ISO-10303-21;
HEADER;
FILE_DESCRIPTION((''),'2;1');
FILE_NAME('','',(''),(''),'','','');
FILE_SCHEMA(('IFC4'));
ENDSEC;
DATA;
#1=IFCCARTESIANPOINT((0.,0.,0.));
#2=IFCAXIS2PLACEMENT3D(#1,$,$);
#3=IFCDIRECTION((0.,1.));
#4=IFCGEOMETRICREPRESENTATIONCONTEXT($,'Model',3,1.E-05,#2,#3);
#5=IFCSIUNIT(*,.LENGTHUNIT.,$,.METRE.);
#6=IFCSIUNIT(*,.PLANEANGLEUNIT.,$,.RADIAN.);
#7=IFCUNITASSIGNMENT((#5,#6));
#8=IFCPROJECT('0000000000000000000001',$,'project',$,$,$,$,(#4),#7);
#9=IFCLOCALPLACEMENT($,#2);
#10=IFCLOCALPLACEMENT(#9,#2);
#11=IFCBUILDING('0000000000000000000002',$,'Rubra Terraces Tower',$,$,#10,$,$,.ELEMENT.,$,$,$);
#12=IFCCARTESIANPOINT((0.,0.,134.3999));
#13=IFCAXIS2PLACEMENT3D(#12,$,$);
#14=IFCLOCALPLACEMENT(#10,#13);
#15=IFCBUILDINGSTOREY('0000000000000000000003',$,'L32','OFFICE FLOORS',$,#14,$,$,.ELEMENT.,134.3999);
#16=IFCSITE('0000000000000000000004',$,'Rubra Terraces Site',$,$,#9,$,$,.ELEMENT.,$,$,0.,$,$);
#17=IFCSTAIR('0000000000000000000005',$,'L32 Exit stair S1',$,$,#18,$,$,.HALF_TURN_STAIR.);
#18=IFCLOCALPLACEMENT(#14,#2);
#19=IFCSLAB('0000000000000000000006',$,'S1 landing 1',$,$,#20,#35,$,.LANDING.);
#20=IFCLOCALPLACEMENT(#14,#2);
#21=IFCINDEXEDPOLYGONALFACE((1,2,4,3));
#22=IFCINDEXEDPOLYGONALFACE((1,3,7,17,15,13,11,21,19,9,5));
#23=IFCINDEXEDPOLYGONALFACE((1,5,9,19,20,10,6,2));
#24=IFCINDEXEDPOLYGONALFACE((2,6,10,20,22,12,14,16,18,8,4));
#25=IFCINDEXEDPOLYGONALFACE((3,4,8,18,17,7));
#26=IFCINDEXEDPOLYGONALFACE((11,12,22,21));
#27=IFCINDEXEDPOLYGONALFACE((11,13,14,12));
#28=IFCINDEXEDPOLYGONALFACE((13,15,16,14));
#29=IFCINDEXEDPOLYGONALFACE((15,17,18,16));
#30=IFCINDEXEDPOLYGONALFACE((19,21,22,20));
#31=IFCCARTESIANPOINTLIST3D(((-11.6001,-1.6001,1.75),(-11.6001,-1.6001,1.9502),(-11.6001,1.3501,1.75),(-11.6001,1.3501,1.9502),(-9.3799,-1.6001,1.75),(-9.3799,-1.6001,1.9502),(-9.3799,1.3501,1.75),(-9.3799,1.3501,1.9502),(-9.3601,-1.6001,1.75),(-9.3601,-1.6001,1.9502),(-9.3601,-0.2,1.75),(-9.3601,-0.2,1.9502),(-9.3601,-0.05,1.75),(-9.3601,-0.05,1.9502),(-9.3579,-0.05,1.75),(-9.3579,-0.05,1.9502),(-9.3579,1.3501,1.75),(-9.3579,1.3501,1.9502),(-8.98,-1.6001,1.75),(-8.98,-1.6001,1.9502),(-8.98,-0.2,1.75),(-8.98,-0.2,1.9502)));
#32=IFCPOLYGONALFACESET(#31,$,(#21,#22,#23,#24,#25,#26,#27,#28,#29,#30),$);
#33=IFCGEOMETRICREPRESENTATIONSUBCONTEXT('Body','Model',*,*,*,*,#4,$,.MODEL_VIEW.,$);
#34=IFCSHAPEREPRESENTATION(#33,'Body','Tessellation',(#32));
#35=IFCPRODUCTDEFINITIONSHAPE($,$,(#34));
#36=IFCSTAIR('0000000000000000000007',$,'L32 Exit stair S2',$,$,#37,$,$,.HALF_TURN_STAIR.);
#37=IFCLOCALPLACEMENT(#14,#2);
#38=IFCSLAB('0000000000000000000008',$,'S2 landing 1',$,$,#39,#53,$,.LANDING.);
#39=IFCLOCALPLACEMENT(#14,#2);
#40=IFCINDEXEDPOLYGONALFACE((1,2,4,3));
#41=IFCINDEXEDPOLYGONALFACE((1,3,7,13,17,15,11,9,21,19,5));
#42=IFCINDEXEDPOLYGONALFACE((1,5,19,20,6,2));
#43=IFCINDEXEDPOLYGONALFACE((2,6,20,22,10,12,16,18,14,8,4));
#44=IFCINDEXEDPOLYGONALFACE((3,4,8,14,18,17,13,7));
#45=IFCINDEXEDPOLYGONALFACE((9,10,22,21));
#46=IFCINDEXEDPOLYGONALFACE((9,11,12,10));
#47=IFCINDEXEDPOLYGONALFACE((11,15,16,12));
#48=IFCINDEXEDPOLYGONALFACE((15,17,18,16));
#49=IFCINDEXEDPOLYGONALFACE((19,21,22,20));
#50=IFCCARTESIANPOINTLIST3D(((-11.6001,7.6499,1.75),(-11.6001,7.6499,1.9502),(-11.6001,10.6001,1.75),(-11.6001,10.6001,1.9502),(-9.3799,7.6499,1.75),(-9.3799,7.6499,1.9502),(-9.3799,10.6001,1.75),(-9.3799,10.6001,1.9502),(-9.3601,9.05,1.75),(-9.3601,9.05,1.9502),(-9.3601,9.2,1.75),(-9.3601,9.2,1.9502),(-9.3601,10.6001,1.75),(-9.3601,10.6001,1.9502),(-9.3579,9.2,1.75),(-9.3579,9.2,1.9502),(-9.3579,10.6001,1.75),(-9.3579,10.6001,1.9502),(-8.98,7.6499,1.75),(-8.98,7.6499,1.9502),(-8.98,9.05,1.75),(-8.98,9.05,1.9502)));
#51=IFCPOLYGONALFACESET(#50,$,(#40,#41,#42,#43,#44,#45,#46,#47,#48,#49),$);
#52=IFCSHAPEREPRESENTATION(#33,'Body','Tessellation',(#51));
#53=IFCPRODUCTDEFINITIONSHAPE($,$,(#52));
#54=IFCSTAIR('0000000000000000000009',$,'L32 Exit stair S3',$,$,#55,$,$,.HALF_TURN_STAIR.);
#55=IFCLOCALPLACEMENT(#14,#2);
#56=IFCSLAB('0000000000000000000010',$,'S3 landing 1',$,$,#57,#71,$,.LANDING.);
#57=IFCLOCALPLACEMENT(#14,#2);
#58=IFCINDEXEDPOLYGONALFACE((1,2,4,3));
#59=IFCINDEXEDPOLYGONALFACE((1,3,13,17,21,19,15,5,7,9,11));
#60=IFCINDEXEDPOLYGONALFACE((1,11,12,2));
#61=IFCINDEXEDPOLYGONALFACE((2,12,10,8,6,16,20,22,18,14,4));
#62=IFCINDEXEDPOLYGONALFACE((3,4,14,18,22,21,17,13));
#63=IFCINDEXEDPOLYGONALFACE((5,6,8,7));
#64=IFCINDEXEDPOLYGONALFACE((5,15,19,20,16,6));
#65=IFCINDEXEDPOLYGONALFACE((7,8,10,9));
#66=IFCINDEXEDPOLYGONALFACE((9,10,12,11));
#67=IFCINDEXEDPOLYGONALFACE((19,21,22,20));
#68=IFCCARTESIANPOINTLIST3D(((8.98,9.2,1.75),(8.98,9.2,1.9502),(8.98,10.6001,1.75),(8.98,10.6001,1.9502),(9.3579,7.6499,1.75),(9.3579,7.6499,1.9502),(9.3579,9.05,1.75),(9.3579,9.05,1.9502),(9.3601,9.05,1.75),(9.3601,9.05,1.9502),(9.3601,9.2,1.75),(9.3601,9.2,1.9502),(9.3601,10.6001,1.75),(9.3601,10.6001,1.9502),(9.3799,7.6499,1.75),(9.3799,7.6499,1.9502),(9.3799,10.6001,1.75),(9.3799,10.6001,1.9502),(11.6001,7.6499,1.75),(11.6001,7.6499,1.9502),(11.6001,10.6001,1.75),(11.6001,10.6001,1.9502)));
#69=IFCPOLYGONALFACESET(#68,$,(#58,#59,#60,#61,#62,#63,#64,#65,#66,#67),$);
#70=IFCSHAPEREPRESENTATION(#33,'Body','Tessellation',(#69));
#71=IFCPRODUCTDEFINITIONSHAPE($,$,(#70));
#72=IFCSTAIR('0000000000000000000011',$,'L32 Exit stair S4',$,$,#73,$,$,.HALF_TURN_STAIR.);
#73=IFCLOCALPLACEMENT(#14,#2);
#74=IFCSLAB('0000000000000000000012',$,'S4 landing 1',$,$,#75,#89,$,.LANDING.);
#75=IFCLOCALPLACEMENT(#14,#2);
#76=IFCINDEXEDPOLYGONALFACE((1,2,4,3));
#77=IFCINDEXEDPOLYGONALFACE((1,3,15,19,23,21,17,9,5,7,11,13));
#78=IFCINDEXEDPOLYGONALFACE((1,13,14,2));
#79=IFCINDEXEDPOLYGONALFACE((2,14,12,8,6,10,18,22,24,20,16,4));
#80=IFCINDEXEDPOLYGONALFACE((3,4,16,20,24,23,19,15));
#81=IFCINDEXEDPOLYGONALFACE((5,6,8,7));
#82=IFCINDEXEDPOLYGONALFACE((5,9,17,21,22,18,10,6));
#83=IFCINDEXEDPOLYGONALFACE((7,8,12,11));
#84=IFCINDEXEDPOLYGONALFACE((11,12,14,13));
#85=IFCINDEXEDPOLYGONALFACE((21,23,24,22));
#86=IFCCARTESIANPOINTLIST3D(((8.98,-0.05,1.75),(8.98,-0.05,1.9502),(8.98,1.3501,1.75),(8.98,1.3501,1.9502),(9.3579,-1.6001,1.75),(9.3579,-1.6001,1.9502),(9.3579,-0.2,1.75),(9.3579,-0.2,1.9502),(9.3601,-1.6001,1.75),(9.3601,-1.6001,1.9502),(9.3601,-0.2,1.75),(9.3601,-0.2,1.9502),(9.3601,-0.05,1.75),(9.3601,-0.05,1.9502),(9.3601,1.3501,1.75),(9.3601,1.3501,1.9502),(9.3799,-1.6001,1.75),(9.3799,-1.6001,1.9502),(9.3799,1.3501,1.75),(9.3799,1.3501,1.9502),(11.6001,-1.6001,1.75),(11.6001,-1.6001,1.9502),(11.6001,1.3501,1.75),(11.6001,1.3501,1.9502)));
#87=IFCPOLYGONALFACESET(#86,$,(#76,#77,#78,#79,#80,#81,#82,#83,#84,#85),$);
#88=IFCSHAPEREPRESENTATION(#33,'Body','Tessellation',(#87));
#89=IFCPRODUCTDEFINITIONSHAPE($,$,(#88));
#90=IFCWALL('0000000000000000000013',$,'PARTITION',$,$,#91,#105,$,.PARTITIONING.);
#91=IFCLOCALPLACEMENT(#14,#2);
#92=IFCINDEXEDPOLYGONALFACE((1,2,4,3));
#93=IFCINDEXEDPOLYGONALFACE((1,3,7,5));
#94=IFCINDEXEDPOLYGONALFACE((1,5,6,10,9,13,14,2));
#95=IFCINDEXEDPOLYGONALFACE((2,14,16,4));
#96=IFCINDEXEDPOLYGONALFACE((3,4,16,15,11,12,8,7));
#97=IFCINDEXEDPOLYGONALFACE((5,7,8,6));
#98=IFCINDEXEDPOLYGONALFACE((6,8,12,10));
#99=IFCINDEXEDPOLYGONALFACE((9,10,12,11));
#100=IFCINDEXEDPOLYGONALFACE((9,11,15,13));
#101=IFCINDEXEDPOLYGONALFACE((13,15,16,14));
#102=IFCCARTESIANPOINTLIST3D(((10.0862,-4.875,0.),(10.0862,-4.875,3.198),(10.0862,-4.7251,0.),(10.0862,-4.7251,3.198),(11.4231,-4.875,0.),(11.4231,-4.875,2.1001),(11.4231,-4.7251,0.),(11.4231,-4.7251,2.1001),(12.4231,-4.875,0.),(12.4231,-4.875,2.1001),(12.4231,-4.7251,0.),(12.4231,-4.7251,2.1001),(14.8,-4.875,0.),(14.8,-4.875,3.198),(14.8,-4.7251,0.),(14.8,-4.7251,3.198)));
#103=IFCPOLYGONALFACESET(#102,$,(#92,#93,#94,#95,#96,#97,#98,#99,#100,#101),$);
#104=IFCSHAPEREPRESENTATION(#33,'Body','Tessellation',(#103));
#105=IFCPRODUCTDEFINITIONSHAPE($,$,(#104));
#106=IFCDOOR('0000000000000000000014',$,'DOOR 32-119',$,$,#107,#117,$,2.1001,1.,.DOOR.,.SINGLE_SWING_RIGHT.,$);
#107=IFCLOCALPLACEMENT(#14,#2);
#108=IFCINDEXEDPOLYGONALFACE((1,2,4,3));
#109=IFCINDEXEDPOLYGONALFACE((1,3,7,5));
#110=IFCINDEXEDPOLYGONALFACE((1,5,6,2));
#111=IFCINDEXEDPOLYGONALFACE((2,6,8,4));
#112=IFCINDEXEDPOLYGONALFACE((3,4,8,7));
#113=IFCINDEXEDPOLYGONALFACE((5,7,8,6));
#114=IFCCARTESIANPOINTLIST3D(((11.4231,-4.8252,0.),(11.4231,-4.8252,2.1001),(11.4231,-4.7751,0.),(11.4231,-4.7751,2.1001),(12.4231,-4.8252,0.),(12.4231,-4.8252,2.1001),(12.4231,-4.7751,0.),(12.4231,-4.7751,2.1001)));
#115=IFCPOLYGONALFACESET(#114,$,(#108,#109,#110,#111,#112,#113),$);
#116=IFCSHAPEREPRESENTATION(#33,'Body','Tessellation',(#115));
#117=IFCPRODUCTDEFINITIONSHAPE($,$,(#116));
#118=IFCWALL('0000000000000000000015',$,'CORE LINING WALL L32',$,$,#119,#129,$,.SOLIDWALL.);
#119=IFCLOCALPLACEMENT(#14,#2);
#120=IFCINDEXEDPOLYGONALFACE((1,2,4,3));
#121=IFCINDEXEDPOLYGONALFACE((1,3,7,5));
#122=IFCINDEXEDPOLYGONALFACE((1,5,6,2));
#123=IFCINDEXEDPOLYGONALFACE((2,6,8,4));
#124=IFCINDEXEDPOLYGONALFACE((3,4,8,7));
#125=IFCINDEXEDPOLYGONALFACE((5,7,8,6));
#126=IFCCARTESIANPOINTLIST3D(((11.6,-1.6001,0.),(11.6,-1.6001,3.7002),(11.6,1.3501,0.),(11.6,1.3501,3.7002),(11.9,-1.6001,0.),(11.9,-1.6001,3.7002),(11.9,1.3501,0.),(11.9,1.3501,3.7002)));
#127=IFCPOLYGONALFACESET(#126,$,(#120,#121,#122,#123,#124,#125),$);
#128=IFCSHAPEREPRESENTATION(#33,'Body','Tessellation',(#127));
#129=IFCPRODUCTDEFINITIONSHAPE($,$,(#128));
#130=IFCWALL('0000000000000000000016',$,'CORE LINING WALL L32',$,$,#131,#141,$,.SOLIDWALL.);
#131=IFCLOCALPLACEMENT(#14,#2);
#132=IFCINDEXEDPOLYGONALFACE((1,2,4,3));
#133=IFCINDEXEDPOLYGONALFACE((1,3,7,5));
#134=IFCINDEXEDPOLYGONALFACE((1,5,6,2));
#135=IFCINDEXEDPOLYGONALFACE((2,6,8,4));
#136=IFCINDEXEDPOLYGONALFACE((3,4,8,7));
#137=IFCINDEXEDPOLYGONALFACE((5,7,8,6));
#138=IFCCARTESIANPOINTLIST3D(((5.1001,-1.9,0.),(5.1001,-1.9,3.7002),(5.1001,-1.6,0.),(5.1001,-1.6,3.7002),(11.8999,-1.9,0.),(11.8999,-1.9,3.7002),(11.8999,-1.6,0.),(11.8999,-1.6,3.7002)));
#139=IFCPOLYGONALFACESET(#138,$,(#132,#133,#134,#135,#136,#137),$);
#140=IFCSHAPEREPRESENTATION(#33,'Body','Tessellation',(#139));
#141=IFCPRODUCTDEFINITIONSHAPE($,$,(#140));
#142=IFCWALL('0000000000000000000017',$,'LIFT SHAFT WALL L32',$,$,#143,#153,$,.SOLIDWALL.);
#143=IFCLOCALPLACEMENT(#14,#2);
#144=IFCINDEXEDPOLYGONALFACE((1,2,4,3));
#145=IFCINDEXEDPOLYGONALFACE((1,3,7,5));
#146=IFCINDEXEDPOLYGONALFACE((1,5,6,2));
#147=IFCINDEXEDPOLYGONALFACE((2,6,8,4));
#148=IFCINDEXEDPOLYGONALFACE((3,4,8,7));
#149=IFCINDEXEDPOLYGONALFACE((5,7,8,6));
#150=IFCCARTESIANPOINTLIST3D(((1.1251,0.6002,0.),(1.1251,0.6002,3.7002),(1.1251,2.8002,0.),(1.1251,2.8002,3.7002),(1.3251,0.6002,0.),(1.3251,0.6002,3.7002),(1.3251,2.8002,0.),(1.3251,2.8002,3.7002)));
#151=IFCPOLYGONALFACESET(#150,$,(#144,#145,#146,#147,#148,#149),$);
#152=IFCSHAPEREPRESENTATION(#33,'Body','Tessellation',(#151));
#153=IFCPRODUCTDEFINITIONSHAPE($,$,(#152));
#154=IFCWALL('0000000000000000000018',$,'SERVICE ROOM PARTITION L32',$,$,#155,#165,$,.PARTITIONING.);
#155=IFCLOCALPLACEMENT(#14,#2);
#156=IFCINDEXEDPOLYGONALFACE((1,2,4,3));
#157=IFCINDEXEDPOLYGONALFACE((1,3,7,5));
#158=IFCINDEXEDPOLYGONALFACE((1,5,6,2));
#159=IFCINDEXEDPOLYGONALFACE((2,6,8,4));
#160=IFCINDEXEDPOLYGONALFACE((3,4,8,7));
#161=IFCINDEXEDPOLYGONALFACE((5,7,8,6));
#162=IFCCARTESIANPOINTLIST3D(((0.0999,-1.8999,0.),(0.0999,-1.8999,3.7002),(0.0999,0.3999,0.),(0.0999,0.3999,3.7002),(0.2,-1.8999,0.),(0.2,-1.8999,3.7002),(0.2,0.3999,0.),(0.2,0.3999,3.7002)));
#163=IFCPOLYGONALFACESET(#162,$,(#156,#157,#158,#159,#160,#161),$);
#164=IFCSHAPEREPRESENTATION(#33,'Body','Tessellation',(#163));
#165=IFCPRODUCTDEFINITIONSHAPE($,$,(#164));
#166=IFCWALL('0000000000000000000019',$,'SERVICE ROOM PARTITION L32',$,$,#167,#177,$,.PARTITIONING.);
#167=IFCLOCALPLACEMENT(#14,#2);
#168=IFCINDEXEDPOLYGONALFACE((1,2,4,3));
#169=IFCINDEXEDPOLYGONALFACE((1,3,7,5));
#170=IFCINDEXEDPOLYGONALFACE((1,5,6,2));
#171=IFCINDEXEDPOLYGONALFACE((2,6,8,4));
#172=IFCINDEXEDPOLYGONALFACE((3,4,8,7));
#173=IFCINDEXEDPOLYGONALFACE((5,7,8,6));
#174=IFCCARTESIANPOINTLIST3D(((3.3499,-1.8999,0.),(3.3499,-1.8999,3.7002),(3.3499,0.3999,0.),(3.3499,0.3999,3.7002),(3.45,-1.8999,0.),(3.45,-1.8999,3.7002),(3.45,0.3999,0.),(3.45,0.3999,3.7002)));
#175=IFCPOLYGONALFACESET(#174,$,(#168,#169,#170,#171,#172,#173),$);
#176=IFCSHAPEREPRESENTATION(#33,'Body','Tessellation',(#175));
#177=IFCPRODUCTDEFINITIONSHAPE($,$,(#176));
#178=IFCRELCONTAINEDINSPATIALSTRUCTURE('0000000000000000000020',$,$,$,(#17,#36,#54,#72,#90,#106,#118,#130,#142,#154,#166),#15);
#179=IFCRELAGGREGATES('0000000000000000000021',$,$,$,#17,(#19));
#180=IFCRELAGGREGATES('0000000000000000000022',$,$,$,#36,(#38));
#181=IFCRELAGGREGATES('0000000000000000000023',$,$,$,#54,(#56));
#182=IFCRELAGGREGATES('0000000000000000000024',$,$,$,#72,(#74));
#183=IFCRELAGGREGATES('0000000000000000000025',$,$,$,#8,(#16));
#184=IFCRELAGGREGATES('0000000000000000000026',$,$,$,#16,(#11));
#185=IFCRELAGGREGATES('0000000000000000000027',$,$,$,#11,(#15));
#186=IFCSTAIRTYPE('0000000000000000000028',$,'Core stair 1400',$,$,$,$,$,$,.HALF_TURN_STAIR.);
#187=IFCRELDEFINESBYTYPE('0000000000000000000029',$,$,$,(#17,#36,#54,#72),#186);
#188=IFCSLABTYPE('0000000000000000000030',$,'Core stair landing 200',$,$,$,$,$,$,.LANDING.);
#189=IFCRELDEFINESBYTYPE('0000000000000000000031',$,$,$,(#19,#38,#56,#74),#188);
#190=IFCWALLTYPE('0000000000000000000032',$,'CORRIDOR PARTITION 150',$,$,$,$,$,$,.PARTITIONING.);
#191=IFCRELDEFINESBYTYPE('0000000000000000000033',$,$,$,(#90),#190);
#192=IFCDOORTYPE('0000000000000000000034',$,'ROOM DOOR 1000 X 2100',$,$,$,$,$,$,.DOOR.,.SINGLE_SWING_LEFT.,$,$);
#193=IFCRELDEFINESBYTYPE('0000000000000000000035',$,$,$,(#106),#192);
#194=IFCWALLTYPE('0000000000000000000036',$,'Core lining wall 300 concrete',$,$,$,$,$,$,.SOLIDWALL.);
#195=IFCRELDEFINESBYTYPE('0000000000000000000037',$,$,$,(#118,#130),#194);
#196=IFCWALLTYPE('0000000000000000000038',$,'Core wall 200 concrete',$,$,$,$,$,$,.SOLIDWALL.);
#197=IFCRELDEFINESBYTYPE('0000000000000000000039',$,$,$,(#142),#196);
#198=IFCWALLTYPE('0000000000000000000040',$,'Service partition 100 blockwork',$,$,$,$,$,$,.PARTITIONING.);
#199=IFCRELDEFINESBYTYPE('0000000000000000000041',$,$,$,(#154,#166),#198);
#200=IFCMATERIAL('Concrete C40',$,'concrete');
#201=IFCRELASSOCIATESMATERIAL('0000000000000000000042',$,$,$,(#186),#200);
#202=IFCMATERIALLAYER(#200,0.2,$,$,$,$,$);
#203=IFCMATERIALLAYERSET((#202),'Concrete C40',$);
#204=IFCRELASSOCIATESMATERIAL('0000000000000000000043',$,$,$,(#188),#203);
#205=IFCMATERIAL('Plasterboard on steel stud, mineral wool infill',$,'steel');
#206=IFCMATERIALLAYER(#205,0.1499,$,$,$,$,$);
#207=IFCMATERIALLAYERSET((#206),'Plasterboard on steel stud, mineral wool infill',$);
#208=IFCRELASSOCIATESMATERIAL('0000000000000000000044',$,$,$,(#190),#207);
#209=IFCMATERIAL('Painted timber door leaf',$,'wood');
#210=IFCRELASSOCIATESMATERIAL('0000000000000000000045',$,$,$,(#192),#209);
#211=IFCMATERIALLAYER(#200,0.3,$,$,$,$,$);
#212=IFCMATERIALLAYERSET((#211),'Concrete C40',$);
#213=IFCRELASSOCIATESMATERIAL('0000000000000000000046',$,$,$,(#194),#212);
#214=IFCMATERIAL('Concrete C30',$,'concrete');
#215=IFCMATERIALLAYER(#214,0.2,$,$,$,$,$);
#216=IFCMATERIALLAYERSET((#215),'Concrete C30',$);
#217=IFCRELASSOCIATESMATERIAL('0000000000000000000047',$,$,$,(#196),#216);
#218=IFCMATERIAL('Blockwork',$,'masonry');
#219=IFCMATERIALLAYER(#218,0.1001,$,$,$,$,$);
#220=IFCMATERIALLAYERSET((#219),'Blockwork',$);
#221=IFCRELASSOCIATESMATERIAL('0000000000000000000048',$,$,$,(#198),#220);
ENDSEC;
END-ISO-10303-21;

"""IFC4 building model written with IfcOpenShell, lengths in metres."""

from ifc_helpers import new_model, si_unit, direction, frame, frame_2d, origin, place, context, subcontext, project, spatial, polyline, rectangle, outline, extrude, material, layer, layer_set, type_object, element, fill, aggregate, save


model = new_model("IFC4")

# Units and contexts
model_context = context("Model", 3, precision=1e-05, world=origin(), true_north=direction((0.0, 1.0)))
body_context = subcontext(model_context, "Body", "Model", "MODEL_VIEW")
ifc_project = project(units=[si_unit("LENGTHUNIT", "METRE"), si_unit("PLANEANGLEUNIT", "RADIAN")], contexts=[model_context])

# Site, building, storey
site_placement = place(None, origin())
site = spatial("IfcSite", under=ifc_project, at=site_placement, Name="Rubra Terraces Site", CompositionType="ELEMENT", RefElevation=0.0)
building_placement = place(site_placement, origin())
building = spatial("IfcBuilding", under=site, at=building_placement, Name="Rubra Terraces Tower", CompositionType="ELEMENT")
storey_placement = place(building_placement, frame((0.0, 0.0, 134.3999)))
storey = spatial("IfcBuildingStorey", under=building, at=storey_placement, Name="L32", Description="OFFICE FLOORS", CompositionType="ELEMENT", Elevation=134.3999)

# Stairs, slabs
ifc_material_1 = material(Name="Concrete C40", Category="concrete")
stair_type = type_object("IfcStairType", Name="Core stair 1400", PredefinedType="HALF_TURN_STAIR", material=ifc_material_1)
stair_1_placement = place(storey_placement, origin())
stair_1 = element("IfcStair", 1, at=stair_1_placement, inside=storey, type_object=stair_type, Name="L32 Exit stair S1", PredefinedType="HALF_TURN_STAIR")
ifc_layer_1 = layer(ifc_material_1, 0.2)
ifc_layer_set_1 = layer_set([ifc_layer_1], Name="Concrete C40")
slab_type = type_object("IfcSlabType", Name="Core stair landing 200", PredefinedType="LANDING", material=ifc_layer_set_1)
slab_1_placement = place(storey_placement, frame((0.0, 0.0, 1.75)))
slab_1 = element("IfcSlab", 2, at=slab_1_placement, type_object=slab_type, Name="S1 landing 1", PredefinedType="LANDING", context=body_context, shape_type="SweptSolid", body=[
    extrude(outline(polyline([(-8.98, -0.2), (-8.98, -1.6001), (-9.3601, -1.6001), (-9.3799, -1.6001), (-11.6001, -1.6001), (-11.6001, 1.3501), (-9.3799, 1.3501), (-9.3579, 1.3501), (-9.3579, -0.05), (-9.3601, -0.05), (-9.3601, -0.2), (-8.98, -0.2)])), origin(), (0.0, 0.0, 1.0), 0.2002),
])
aggregate(stair_1, [slab_1])
stair_2_placement = place(storey_placement, origin())
stair_2 = element("IfcStair", 3, at=stair_2_placement, inside=storey, type_object=stair_type, Name="L32 Exit stair S2", PredefinedType="HALF_TURN_STAIR")
slab_2_placement = place(storey_placement, frame((0.0, 0.0, 1.75)))
slab_2 = element("IfcSlab", 4, at=slab_2_placement, type_object=slab_type, Name="S2 landing 1", PredefinedType="LANDING", context=body_context, shape_type="SweptSolid", body=[
    extrude(outline(polyline([(-8.98, 9.05), (-8.98, 7.6499), (-9.3799, 7.6499), (-11.6001, 7.6499), (-11.6001, 10.6001), (-9.3799, 10.6001), (-9.3601, 10.6001), (-9.3579, 10.6001), (-9.3579, 9.2), (-9.3601, 9.2), (-9.3601, 9.05), (-8.98, 9.05)])), origin(), (0.0, 0.0, 1.0), 0.2002),
])
aggregate(stair_2, [slab_2])
stair_3_placement = place(storey_placement, origin())
stair_3 = element("IfcStair", 5, at=stair_3_placement, inside=storey, type_object=stair_type, Name="L32 Exit stair S3", PredefinedType="HALF_TURN_STAIR")
slab_3_placement = place(storey_placement, frame((0.0, 0.0, 1.75)))
slab_3 = element("IfcSlab", 6, at=slab_3_placement, type_object=slab_type, Name="S3 landing 1", PredefinedType="LANDING", context=body_context, shape_type="SweptSolid", body=[
    extrude(outline(polyline([(9.3601, 9.05), (9.3601, 9.2), (8.98, 9.2), (8.98, 10.6001), (9.3601, 10.6001), (9.3799, 10.6001), (11.6001, 10.6001), (11.6001, 7.6499), (9.3799, 7.6499), (9.3579, 7.6499), (9.3579, 9.05), (9.3601, 9.05)])), origin(), (0.0, 0.0, 1.0), 0.2002),
])
aggregate(stair_3, [slab_3])
stair_4_placement = place(storey_placement, origin())
stair_4 = element("IfcStair", 7, at=stair_4_placement, inside=storey, type_object=stair_type, Name="L32 Exit stair S4", PredefinedType="HALF_TURN_STAIR")
slab_4_placement = place(storey_placement, frame((0.0, 0.0, 1.75)))
slab_4 = element("IfcSlab", 8, at=slab_4_placement, type_object=slab_type, Name="S4 landing 1", PredefinedType="LANDING", context=body_context, shape_type="SweptSolid", body=[
    extrude(outline(polyline([(9.3601, -0.2), (9.3601, -0.05), (8.98, -0.05), (8.98, 1.3501), (9.3601, 1.3501), (9.3799, 1.3501), (11.6001, 1.3501), (11.6001, -1.6001), (9.3799, -1.6001), (9.3601, -1.6001), (9.3579, -1.6001), (9.3579, -0.2), (9.3601, -0.2)])), origin(), (0.0, 0.0, 1.0), 0.2002),
])

# Wall, opening, door
ifc_material_2 = material(Name="Plasterboard on steel stud, mineral wool infill", Category="steel")
ifc_layer_2 = layer(ifc_material_2, 0.1499)
ifc_layer_set_2 = layer_set([ifc_layer_2], Name="Plasterboard on steel stud, mineral wool infill")
wall_type_1 = type_object("IfcWallType", Name="CORRIDOR PARTITION 150", PredefinedType="PARTITIONING", material=ifc_layer_set_2)
wall_1_placement = place(storey_placement, frame((10.0862, -4.8, 0.0), z_axis=(0.0, 0.0, 1.0), x_axis=(1.0, 0.0, 0.0)))
wall_1 = element("IfcWall", 9, at=wall_1_placement, inside=storey, type_object=wall_type_1, Name="PARTITION", PredefinedType="PARTITIONING", context=body_context, shape_type="SweptSolid", body=[
    extrude(rectangle(XDim=4.7139, YDim=0.1499, at=frame_2d((2.3569, 0.0))), origin(), (0.0, 0.0, 1.0), 3.198),
])
opening_1_placement = place(wall_1_placement, frame((1.3369, 0.0, 0.0)))
opening_1 = element("IfcOpeningElement", 10, at=opening_1_placement, cuts=wall_1, PredefinedType="OPENING", context=body_context, shape_type="SweptSolid", body=[
    extrude(rectangle(XDim=1.0, YDim=2.1001, at=frame_2d((0.5, 1.05))), frame((0.0, 0.085, 0.0), z_axis=(0.0, -1.0, 0.0), x_axis=(1.0, 0.0, 0.0)), (0.0, 0.0, 1.0), 0.1699),
])
ifc_material_3 = material(Name="Painted timber door leaf", Category="wood")
door_type_1 = type_object("IfcDoorType", Name="ROOM DOOR 1000 X 2100", OperationType="SINGLE_SWING_LEFT", PredefinedType="DOOR", material=ifc_material_3)
door_1_placement = place(opening_1_placement, origin())
door_1 = element("IfcDoor", 11, at=door_1_placement, inside=storey, type_object=door_type_1, Name="DOOR 32-119", OperationType="SINGLE_SWING_RIGHT", OverallHeight=2.1001, OverallWidth=1.0, PredefinedType="DOOR", context=body_context, shape_type="SweptSolid", body=[
    extrude(rectangle(XDim=1.0, YDim=2.1001, at=frame_2d((0.5, 1.05))), frame((0.0, 0.0249, 0.0), z_axis=(0.0, -1.0, 0.0), x_axis=(1.0, 0.0, 0.0)), (0.0, 0.0, 1.0), 0.05),
])
fill(opening_1, door_1)

# Walls
ifc_layer_3 = layer(ifc_material_1, 0.3)
ifc_layer_set_3 = layer_set([ifc_layer_3], Name="Concrete C40")
wall_type_2 = type_object("IfcWallType", Name="Core lining wall 300 concrete", PredefinedType="SOLIDWALL", material=ifc_layer_set_3)
wall_2_placement = place(storey_placement, frame((11.75, 1.3501, 0.0), z_axis=(0.0, 0.0, 1.0), x_axis=(0.0, -1.0, 0.0)))
element("IfcWall", 12, at=wall_2_placement, inside=storey, type_object=wall_type_2, Name="CORE LINING WALL L32", PredefinedType="SOLIDWALL", context=body_context, shape_type="SweptSolid", body=[
    extrude(rectangle(XDim=2.9502, YDim=0.3, at=frame_2d((1.4751, 0.0))), origin(), (0.0, 0.0, 1.0), 3.7002),
])
wall_3_placement = place(storey_placement, frame((11.8999, -1.75, 0.0), z_axis=(0.0, 0.0, 1.0), x_axis=(-1.0, 0.0, 0.0)))
element("IfcWall", 13, at=wall_3_placement, inside=storey, type_object=wall_type_2, Name="CORE LINING WALL L32", PredefinedType="SOLIDWALL", context=body_context, shape_type="SweptSolid", body=[
    extrude(rectangle(XDim=6.7998, YDim=0.3, at=frame_2d((3.3999, 0.0))), origin(), (0.0, 0.0, 1.0), 3.7002),
])
ifc_material_4 = material(Name="Concrete C30", Category="concrete")
ifc_layer_4 = layer(ifc_material_4, 0.2)
ifc_layer_set_4 = layer_set([ifc_layer_4], Name="Concrete C30")
wall_type_3 = type_object("IfcWallType", Name="Core wall 200 concrete", PredefinedType="SOLIDWALL", material=ifc_layer_set_4)
wall_4_placement = place(storey_placement, frame((1.2251, 0.6001, 0.0), z_axis=(0.0, 0.0, 1.0), x_axis=(0.0, 1.0, 0.0)))
element("IfcWall", 14, at=wall_4_placement, inside=storey, type_object=wall_type_3, Name="LIFT SHAFT WALL L32", PredefinedType="SOLIDWALL", context=body_context, shape_type="SweptSolid", body=[
    extrude(rectangle(XDim=2.2, YDim=0.2, at=frame_2d((1.1001, 0.0))), origin(), (0.0, 0.0, 1.0), 3.7002),
])
ifc_material_5 = material(Name="Blockwork", Category="masonry")
ifc_layer_5 = layer(ifc_material_5, 0.1001)
ifc_layer_set_5 = layer_set([ifc_layer_5], Name="Blockwork")
wall_type_4 = type_object("IfcWallType", Name="Service partition 100 blockwork", PredefinedType="PARTITIONING", material=ifc_layer_set_5)
for number, where, z_axis, x_axis, name in (
    (15, (0.1499, -1.8999, 0.0), (0.0, 0.0, 1.0), (0.0, 1.0, 0.0), "SERVICE ROOM PARTITION L32"),
    (16, (3.3999, -1.8999, 0.0), (0.0, 0.0, 1.0), (0.0, 1.0, 0.0), "SERVICE ROOM PARTITION L32"),
):
    element("IfcWall", number, at=place(storey_placement, frame(where, z_axis=z_axis, x_axis=x_axis)), inside=storey, type_object=wall_type_4, Name=name, PredefinedType="PARTITIONING", context=body_context, shape_type="SweptSolid", body=[
        extrude(rectangle(XDim=2.2998, YDim=0.1001, at=frame_2d((1.1499, 0.0))), origin(), (0.0, 0.0, 1.0), 3.7002),
    ])

aggregate(stair_4, [slab_4])

save(model, "model.ifc")
